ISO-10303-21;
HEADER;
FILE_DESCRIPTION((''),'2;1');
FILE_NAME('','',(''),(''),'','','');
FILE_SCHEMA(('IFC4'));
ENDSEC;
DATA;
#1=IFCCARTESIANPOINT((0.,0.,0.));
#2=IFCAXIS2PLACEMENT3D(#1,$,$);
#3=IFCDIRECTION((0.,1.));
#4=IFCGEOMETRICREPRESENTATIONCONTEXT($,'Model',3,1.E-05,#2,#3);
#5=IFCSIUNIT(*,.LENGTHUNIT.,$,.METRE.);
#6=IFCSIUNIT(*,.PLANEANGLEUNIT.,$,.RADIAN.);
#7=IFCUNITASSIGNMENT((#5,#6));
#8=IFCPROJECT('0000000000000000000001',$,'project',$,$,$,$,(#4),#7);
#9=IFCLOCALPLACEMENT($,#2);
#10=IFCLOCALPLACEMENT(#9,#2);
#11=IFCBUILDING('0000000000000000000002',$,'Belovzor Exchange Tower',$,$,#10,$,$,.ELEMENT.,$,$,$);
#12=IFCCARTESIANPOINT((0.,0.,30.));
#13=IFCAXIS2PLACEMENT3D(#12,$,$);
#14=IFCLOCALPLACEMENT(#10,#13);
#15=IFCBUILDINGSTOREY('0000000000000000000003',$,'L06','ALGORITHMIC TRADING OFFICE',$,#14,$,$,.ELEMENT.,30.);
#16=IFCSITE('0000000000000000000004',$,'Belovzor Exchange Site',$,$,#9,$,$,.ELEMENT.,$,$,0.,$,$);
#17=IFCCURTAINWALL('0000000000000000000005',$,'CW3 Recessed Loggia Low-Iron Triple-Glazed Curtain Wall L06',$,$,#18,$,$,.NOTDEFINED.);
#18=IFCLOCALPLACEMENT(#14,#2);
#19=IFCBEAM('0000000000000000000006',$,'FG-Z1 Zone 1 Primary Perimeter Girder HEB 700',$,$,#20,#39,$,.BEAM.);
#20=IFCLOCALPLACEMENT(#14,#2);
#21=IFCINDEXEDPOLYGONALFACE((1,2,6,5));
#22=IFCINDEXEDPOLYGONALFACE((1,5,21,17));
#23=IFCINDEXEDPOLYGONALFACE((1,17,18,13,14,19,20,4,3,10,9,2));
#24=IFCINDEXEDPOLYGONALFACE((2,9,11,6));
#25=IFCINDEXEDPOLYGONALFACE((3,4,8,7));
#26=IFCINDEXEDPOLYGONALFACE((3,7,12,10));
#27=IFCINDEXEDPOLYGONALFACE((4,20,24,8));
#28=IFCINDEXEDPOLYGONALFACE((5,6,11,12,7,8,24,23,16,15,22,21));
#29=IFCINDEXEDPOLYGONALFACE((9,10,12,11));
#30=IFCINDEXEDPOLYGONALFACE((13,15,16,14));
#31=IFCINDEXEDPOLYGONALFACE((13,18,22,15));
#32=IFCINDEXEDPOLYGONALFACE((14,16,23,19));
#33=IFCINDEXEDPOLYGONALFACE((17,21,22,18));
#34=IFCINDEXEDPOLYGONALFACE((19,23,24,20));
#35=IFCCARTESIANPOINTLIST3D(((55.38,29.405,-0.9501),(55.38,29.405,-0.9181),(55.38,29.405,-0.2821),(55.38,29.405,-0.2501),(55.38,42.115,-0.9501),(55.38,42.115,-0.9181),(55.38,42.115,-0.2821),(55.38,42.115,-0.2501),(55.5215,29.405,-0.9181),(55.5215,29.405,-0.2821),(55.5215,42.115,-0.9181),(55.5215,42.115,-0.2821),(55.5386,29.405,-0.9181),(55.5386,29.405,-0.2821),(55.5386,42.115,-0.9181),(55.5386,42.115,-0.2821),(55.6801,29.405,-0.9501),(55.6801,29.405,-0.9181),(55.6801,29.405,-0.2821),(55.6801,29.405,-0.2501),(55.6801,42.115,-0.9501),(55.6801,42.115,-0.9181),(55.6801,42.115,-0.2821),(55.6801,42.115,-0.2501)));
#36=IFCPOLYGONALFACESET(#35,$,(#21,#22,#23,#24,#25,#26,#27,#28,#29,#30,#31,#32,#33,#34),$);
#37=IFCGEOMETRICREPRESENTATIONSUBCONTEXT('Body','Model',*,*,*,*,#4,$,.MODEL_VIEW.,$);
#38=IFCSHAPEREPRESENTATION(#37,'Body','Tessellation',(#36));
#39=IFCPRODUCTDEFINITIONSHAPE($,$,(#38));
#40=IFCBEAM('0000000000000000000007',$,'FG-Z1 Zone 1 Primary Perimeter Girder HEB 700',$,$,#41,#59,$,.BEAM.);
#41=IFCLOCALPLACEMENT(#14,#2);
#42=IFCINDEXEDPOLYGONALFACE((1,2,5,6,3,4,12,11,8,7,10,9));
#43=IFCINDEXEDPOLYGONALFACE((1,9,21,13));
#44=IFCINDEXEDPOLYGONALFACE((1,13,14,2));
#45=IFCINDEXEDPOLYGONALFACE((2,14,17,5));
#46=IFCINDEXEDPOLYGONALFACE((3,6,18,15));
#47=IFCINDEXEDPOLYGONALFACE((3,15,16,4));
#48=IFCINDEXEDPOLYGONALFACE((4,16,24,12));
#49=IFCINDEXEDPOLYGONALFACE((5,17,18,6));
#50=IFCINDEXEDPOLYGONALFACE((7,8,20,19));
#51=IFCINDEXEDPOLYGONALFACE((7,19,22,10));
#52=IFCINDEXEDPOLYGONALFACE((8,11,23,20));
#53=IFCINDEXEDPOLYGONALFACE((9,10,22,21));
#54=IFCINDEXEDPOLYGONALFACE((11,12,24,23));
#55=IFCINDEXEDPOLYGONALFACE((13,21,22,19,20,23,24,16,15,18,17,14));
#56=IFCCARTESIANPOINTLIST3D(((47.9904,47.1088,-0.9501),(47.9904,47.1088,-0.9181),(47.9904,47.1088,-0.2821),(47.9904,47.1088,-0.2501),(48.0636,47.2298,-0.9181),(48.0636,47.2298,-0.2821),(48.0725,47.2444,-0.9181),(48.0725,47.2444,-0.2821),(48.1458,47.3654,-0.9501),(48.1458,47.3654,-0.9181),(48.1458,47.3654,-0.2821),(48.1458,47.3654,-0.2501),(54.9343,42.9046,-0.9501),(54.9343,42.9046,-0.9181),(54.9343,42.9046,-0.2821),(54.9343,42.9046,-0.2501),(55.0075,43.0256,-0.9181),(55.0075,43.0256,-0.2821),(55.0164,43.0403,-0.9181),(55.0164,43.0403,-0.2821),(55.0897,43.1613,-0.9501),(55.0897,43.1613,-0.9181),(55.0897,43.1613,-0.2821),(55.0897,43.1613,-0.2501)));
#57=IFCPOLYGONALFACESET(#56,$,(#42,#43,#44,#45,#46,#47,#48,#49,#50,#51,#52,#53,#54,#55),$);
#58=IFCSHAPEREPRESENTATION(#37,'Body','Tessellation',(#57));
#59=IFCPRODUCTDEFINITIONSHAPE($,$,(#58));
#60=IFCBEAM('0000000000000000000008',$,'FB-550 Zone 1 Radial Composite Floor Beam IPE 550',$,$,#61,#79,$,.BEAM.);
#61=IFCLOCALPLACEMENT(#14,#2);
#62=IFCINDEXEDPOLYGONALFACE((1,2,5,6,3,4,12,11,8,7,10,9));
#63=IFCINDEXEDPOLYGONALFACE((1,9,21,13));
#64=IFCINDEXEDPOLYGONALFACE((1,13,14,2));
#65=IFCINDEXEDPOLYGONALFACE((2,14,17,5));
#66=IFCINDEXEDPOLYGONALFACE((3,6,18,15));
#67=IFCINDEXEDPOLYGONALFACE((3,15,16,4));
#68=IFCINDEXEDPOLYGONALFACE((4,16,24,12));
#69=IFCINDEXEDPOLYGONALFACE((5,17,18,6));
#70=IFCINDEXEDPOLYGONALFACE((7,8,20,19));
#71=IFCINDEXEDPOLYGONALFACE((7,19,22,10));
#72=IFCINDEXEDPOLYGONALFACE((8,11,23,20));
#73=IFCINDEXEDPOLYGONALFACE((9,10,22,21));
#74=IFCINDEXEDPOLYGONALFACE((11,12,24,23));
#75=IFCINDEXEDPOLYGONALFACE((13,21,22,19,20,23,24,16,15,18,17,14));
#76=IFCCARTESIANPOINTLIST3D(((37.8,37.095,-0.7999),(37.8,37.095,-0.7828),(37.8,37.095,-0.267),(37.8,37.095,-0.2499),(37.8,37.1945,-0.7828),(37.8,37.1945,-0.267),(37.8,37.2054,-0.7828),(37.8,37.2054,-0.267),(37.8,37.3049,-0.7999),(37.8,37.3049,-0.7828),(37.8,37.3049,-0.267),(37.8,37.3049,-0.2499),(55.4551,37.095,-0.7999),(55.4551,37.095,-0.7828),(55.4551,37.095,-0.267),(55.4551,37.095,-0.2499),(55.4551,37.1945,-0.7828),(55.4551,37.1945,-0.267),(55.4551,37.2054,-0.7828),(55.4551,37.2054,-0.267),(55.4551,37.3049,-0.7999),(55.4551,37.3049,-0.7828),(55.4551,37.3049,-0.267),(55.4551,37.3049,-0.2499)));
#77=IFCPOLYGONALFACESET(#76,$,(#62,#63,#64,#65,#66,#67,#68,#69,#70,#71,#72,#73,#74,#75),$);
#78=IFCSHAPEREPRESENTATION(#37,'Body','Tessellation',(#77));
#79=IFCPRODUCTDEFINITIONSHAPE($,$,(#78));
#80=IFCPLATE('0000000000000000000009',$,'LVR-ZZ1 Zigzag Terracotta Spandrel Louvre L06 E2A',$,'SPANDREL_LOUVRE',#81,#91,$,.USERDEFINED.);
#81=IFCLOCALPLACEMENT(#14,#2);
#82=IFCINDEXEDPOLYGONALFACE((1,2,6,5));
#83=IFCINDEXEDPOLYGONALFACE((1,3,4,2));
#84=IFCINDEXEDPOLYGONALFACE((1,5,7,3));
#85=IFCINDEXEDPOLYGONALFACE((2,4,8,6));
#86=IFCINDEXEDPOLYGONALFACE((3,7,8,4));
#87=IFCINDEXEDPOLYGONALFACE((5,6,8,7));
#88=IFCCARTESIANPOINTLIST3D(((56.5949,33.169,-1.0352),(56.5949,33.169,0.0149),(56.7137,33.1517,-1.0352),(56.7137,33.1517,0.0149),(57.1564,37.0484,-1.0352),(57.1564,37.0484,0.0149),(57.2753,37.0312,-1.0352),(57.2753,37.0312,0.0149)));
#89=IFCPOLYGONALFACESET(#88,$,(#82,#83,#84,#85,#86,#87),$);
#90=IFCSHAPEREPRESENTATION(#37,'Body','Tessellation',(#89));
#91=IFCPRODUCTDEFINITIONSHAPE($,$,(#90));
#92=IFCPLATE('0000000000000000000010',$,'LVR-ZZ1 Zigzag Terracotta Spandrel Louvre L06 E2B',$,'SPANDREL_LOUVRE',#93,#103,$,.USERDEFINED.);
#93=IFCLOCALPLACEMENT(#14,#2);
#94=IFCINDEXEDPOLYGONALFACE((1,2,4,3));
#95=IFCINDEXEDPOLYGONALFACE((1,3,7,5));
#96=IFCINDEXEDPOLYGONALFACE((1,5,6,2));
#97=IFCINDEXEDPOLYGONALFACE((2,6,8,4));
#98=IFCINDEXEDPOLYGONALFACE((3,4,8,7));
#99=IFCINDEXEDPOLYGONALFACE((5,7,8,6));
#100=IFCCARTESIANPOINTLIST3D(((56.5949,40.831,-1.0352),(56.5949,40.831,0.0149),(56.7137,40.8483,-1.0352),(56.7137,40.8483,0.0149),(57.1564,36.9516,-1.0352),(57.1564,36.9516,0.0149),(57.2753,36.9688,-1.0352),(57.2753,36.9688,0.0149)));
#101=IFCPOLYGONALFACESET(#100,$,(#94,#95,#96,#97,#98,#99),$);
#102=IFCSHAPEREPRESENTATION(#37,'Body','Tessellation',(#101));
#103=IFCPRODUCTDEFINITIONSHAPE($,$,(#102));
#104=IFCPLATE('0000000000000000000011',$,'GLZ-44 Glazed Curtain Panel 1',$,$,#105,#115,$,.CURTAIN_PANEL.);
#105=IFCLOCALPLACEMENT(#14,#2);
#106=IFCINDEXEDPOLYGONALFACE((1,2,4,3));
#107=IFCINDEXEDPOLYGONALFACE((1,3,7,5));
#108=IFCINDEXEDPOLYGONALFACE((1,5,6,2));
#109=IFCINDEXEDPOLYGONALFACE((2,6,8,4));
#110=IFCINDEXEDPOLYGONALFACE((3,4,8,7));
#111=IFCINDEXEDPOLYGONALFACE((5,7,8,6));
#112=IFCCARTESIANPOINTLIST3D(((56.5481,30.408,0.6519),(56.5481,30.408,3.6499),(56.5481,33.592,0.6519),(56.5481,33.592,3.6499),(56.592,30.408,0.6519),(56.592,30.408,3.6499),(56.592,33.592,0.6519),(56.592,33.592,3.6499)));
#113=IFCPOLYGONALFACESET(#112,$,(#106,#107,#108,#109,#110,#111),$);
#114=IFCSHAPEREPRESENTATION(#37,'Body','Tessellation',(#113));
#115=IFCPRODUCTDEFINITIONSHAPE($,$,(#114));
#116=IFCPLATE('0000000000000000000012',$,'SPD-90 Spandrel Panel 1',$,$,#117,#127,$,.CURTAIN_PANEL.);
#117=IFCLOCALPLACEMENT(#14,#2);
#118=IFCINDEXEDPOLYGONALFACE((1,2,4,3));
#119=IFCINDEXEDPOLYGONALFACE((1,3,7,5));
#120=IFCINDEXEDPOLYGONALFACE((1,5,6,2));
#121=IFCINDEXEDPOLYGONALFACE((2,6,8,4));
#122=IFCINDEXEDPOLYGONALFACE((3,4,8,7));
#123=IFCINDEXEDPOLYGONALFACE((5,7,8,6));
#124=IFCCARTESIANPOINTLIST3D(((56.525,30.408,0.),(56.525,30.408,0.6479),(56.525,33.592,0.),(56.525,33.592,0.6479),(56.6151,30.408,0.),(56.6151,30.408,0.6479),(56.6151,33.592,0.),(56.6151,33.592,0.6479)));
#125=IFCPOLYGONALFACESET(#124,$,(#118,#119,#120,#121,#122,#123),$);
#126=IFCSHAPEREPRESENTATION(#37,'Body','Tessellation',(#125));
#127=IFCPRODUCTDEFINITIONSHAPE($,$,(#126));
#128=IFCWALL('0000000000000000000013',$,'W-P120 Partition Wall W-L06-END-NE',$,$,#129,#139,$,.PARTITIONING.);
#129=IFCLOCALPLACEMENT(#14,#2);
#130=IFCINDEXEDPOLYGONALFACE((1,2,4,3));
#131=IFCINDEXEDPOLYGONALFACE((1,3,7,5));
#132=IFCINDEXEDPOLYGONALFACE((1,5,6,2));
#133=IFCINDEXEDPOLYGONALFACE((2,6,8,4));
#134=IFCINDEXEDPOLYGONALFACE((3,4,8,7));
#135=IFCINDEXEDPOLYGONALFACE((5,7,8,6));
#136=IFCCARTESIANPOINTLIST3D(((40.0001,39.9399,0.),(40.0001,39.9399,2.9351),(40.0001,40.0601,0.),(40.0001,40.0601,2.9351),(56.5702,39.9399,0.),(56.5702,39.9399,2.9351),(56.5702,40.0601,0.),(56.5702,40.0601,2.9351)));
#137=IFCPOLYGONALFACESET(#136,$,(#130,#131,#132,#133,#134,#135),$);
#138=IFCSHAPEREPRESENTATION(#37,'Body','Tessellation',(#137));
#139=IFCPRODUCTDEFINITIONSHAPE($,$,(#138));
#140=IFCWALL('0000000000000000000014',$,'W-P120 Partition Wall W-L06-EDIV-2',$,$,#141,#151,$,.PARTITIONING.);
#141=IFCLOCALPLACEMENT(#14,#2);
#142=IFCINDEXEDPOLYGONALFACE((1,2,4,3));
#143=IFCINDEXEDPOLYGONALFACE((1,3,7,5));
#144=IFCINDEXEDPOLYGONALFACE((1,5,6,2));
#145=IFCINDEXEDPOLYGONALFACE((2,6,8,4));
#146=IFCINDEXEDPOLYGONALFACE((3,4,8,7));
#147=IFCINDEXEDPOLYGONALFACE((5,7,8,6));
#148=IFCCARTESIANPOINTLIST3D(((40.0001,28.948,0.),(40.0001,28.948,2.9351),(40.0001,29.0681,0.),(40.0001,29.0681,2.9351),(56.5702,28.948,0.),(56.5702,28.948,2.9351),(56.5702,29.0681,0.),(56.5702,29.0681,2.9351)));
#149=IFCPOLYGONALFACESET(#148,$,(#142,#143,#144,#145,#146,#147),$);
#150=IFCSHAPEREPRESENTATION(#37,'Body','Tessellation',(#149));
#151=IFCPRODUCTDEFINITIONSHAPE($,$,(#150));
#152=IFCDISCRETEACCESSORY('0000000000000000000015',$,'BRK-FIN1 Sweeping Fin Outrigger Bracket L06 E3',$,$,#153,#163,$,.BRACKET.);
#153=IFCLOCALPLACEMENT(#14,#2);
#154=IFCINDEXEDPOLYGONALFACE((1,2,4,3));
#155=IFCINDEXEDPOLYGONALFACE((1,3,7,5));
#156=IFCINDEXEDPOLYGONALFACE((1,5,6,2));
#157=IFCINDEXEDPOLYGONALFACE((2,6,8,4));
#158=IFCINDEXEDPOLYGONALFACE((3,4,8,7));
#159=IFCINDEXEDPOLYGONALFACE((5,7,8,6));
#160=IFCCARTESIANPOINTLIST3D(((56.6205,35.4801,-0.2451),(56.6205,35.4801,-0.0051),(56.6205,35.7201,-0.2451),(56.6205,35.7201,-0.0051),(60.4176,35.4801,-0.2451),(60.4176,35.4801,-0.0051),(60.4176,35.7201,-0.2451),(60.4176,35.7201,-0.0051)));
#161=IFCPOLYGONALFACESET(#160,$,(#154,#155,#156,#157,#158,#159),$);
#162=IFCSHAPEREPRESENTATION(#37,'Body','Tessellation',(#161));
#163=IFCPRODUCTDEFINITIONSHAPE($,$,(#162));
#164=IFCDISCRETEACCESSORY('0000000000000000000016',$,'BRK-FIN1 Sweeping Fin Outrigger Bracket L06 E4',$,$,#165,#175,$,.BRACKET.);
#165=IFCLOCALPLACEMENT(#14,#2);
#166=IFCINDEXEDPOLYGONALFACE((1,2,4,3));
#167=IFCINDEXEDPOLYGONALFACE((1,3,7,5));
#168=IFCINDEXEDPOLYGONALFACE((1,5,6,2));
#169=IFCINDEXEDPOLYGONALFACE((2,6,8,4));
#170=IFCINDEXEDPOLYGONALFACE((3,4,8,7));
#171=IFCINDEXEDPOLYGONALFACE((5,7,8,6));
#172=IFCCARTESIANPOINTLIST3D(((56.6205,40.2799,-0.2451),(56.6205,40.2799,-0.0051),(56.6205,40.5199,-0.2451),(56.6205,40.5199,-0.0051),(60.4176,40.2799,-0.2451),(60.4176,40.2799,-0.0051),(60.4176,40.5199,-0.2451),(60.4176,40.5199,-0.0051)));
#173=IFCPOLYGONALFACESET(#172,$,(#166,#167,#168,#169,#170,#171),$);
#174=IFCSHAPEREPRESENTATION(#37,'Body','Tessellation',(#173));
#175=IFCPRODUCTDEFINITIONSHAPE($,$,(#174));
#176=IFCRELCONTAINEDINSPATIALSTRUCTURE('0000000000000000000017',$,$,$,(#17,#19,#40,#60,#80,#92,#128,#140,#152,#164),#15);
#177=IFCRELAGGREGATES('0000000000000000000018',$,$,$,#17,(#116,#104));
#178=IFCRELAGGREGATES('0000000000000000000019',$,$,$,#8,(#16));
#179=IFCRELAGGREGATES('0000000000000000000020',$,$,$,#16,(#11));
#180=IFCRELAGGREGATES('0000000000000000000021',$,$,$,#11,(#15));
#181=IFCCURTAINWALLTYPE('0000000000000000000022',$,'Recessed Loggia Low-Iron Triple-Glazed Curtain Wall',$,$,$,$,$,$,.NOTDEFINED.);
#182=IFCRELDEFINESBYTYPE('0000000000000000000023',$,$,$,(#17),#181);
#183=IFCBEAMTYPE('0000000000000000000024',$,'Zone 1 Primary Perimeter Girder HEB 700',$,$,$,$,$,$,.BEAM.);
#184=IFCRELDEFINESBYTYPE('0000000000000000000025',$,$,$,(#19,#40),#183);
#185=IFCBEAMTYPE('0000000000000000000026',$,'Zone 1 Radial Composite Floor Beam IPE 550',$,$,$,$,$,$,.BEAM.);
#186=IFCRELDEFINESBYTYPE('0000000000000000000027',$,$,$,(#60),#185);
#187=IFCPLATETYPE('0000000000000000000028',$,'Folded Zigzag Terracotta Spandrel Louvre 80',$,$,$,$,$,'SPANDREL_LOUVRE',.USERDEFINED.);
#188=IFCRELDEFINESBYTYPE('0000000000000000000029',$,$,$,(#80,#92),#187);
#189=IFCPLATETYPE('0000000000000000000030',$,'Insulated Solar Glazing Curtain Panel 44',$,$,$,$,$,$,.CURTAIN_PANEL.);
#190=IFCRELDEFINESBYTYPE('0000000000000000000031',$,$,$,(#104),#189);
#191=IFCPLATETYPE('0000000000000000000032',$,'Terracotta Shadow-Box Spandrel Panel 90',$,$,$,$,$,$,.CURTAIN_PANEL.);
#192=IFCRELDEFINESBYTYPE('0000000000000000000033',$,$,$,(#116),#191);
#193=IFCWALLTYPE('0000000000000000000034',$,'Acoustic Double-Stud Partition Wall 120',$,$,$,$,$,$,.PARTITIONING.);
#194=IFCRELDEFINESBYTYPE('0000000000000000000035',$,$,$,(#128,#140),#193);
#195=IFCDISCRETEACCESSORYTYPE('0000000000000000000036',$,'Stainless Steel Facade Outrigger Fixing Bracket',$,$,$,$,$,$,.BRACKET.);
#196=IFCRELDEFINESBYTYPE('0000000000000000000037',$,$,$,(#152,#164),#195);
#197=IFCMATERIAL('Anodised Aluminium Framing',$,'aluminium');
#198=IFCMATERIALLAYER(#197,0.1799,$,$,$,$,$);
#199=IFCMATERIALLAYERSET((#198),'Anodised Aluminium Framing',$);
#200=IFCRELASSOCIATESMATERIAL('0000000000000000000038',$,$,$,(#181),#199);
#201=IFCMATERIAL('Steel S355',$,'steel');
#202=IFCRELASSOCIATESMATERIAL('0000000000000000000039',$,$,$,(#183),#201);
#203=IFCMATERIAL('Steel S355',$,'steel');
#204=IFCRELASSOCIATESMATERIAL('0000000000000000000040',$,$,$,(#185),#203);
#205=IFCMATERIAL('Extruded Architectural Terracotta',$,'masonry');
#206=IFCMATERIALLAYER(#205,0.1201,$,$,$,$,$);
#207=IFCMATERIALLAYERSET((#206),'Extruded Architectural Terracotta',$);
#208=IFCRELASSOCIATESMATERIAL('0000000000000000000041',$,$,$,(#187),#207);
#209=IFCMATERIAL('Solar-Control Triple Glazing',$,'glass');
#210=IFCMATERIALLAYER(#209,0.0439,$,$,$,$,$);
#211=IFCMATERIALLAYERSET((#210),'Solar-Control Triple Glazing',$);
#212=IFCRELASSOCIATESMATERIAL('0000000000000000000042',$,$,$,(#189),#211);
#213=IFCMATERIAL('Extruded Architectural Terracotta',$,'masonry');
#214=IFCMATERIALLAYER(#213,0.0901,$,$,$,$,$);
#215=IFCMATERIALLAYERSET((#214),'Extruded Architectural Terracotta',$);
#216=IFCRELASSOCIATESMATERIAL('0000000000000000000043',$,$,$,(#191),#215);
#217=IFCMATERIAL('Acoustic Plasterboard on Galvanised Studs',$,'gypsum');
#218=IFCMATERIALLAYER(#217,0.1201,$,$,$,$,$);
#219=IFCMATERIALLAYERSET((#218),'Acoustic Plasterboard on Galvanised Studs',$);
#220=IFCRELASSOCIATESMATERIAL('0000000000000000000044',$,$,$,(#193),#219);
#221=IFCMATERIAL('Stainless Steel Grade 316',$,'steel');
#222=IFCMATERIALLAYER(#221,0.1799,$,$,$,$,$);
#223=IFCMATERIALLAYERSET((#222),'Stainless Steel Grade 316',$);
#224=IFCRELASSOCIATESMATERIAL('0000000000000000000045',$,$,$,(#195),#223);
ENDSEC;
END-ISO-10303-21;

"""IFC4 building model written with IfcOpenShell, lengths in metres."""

from ifc_helpers import new_model, si_unit, direction, frame, frame_2d, origin, origin_2d, place, context, subcontext, project, spatial, rectangle, i_section, extrude, material, layer, layer_set, material_profile, profile_set, type_object, element, aggregate, save


model = new_model("IFC4")

# Units and contexts
model_context = context("Model", 3, precision=1e-05, world=origin(), true_north=direction((0.0, 1.0)))
body_context = subcontext(model_context, "Body", "Model", "MODEL_VIEW")
ifc_project = project(units=[si_unit("LENGTHUNIT", "METRE"), si_unit("PLANEANGLEUNIT", "RADIAN")], contexts=[model_context])

# Site, building, storey
site_placement = place(None, origin())
site = spatial("IfcSite", under=ifc_project, at=site_placement, Name="Belovzor Exchange Site", CompositionType="ELEMENT", RefElevation=0.0)
building_placement = place(site_placement, origin())
building = spatial("IfcBuilding", under=site, at=building_placement, Name="Belovzor Exchange Tower", CompositionType="ELEMENT")
storey_placement = place(building_placement, frame((0.0, 0.0, 30.0)))
storey = spatial("IfcBuildingStorey", under=building, at=storey_placement, Name="L06", Description="ALGORITHMIC TRADING OFFICE", CompositionType="ELEMENT", Elevation=30.0)

# Curtain wall
ifc_material_1 = material(Name="Anodised Aluminium Framing", Category="aluminium")
ifc_layer_1 = layer(ifc_material_1, 0.1799)
ifc_layer_set_1 = layer_set([ifc_layer_1], Name="Anodised Aluminium Framing")
curtain_wall_type = type_object("IfcCurtainWallType", Name="Recessed Loggia Low-Iron Triple-Glazed Curtain Wall", PredefinedType="NOTDEFINED", material=ifc_layer_set_1)
curtain_wall_placement = place(storey_placement, origin())
curtain_wall = element("IfcCurtainWall", 1, at=curtain_wall_placement, inside=storey, type_object=curtain_wall_type, Name="CW3 Recessed Loggia Low-Iron Triple-Glazed Curtain Wall L06", PredefinedType="NOTDEFINED")

# Beams
ifc_material_2 = material(Name="Steel S355", Category="steel")
ifc_material_profile_1 = material_profile(ifc_material_2, i_section(OverallWidth=0.3, OverallDepth=0.7, WebThickness=0.0171, FlangeThickness=0.032, at=origin_2d()))
ifc_profile_set_1 = profile_set([ifc_material_profile_1], Name="Steel S355")
beam_type_1 = type_object("IfcBeamType", Name="Zone 1 Primary Perimeter Girder HEB 700", PredefinedType="BEAM", material=ifc_profile_set_1)
beam_1_placement = place(storey_placement, frame((55.53, 29.405, -0.6001), z_axis=(0.0, 1.0, 0.0), x_axis=(-1.0, 0.0, 0.0)))
element("IfcBeam", 2, at=beam_1_placement, inside=storey, type_object=beam_type_1, Name="FG-Z1 Zone 1 Primary Perimeter Girder HEB 700", PredefinedType="BEAM", context=body_context, shape_type="SweptSolid", body=[
    extrude(i_section(OverallWidth=0.3, OverallDepth=0.7, WebThickness=0.0171, FlangeThickness=0.032, at=origin_2d()), origin(), (0.0, 0.0, 1.0), 12.71),
])
beam_2_placement = place(storey_placement, frame((55.012, 43.033, -0.6001), z_axis=(-0.855432, 0.517915, 0.0), x_axis=(-0.517915, -0.855432, 0.0)))
element("IfcBeam", 3, at=beam_2_placement, inside=storey, type_object=beam_type_1, Name="FG-Z1 Zone 1 Primary Perimeter Girder HEB 700", PredefinedType="BEAM", context=body_context, shape_type="SweptSolid", body=[
    extrude(i_section(OverallWidth=0.3, OverallDepth=0.7, WebThickness=0.0171, FlangeThickness=0.032, at=origin_2d()), origin(), (0.0, 0.0, 1.0), 8.1174),
])
ifc_material_3 = material(Name="Steel S355", Category="steel")
ifc_material_profile_2 = material_profile(ifc_material_3, i_section(OverallWidth=0.21, OverallDepth=0.55, WebThickness=0.011, FlangeThickness=0.0171, at=origin_2d()))
ifc_profile_set_2 = profile_set([ifc_material_profile_2], Name="Steel S355")
beam_type_2 = type_object("IfcBeamType", Name="Zone 1 Radial Composite Floor Beam IPE 550", PredefinedType="BEAM", material=ifc_profile_set_2)
beam_3_placement = place(storey_placement, frame((37.8, 37.2, -0.5249), z_axis=(1.0, 0.0, 0.0), x_axis=(0.0, 1.0, 0.0)))
element("IfcBeam", 4, at=beam_3_placement, inside=storey, type_object=beam_type_2, Name="FB-550 Zone 1 Radial Composite Floor Beam IPE 550", PredefinedType="BEAM", context=body_context, shape_type="SweptSolid", body=[
    extrude(i_section(OverallWidth=0.21, OverallDepth=0.55, WebThickness=0.011, FlangeThickness=0.0171, at=origin_2d()), origin(), (0.0, 0.0, 1.0), 17.655),
])

# Plates
ifc_material_4 = material(Name="Extruded Architectural Terracotta", Category="masonry")
ifc_layer_2 = layer(ifc_material_4, 0.1201)
ifc_layer_set_2 = layer_set([ifc_layer_2], Name="Extruded Architectural Terracotta")
plate_type_1 = type_object("IfcPlateType", Name="Folded Zigzag Terracotta Spandrel Louvre 80", ElementType="SPANDREL_LOUVRE", PredefinedType="USERDEFINED", material=ifc_layer_set_2)
for number, where, z_axis, x_axis, name in (
    (5, (56.9351, 35.1001, -1.0352), (0.0, 0.0, 1.0), (0.143251, 0.989686, 0.0), "LVR-ZZ1 Zigzag Terracotta Spandrel Louvre L06 E2A"),
    (6, (56.9351, 38.8999, -1.0352), (0.0, 0.0, 1.0), (-0.143251, 0.989686, 0.0), "LVR-ZZ1 Zigzag Terracotta Spandrel Louvre L06 E2B"),
):
    element("IfcPlate", number, at=place(storey_placement, frame(where, z_axis=z_axis, x_axis=x_axis)), inside=storey, type_object=plate_type_1, Name=name, ObjectType="SPANDREL_LOUVRE", PredefinedType="USERDEFINED", context=body_context, shape_type="SweptSolid", body=[
        extrude(rectangle(XDim=3.9199, YDim=0.1201, at=origin_2d()), origin(), (0.0, 0.0, 1.0), 1.05),
    ])

# Plates
ifc_material_5 = material(Name="Solar-Control Triple Glazing", Category="glass")
ifc_layer_3 = layer(ifc_material_5, 0.0439)
ifc_layer_set_3 = layer_set([ifc_layer_3], Name="Solar-Control Triple Glazing")
plate_type_2 = type_object("IfcPlateType", Name="Insulated Solar Glazing Curtain Panel 44", PredefinedType="CURTAIN_PANEL", material=ifc_layer_set_3)
plate_1_placement = place(storey_placement, frame((56.5701, 32.0, 0.6519), z_axis=(0.0, 0.0, 1.0), x_axis=(0.0, -1.0, 0.0)))
plate_1 = element("IfcPlate", 7, at=plate_1_placement, type_object=plate_type_2, Name="GLZ-44 Glazed Curtain Panel 1", PredefinedType="CURTAIN_PANEL", context=body_context, shape_type="SweptSolid", body=[
    extrude(rectangle(XDim=3.1841, YDim=0.0439, at=origin_2d()), origin(), (0.0, 0.0, 1.0), 2.998),
])
ifc_material_6 = material(Name="Extruded Architectural Terracotta", Category="masonry")
ifc_layer_4 = layer(ifc_material_6, 0.0901)
ifc_layer_set_4 = layer_set([ifc_layer_4], Name="Extruded Architectural Terracotta")
plate_type_3 = type_object("IfcPlateType", Name="Terracotta Shadow-Box Spandrel Panel 90", PredefinedType="CURTAIN_PANEL", material=ifc_layer_set_4)
plate_2_placement = place(storey_placement, frame((56.5701, 32.0, 0.0), z_axis=(0.0, 0.0, 1.0), x_axis=(0.0, -1.0, 0.0)))
plate_2 = element("IfcPlate", 8, at=plate_2_placement, type_object=plate_type_3, Name="SPD-90 Spandrel Panel 1", PredefinedType="CURTAIN_PANEL", context=body_context, shape_type="SweptSolid", body=[
    extrude(rectangle(XDim=3.1841, YDim=0.0901, at=origin_2d()), origin(), (0.0, 0.0, 1.0), 0.6479),
])
aggregate(curtain_wall, [plate_2, plate_1])

# Walls
ifc_material_7 = material(Name="Acoustic Plasterboard on Galvanised Studs", Category="gypsum")
ifc_layer_5 = layer(ifc_material_7, 0.1201)
ifc_layer_set_5 = layer_set([ifc_layer_5], Name="Acoustic Plasterboard on Galvanised Studs")
wall_type = type_object("IfcWallType", Name="Acoustic Double-Stud Partition Wall 120", PredefinedType="PARTITIONING", material=ifc_layer_set_5)
for number, where, z_axis, x_axis, name in (
    (9, (40.0, 40.0, 0.0), (0.0, 0.0, 1.0), (1.0, 0.0, 0.0), "W-P120 Partition Wall W-L06-END-NE"),
    (10, (40.0, 29.0081, 0.0), (0.0, 0.0, 1.0), (1.0, 0.0, 0.0), "W-P120 Partition Wall W-L06-EDIV-2"),
):
    element("IfcWall", number, at=place(storey_placement, frame(where, z_axis=z_axis, x_axis=x_axis)), inside=storey, type_object=wall_type, Name=name, PredefinedType="PARTITIONING", context=body_context, shape_type="SweptSolid", body=[
        extrude(rectangle(XDim=16.5701, YDim=0.1201, at=frame_2d((8.2852, 0.0))), origin(), (0.0, 0.0, 1.0), 2.9351),
    ])

# Discrete accessories
ifc_material_8 = material(Name="Stainless Steel Grade 316", Category="steel")
ifc_layer_6 = layer(ifc_material_8, 0.1799)
ifc_layer_set_6 = layer_set([ifc_layer_6], Name="Stainless Steel Grade 316")
discrete_accessory_type = type_object("IfcDiscreteAccessoryType", Name="Stainless Steel Facade Outrigger Fixing Bracket", PredefinedType="BRACKET", material=ifc_layer_set_6)
for number, where, z_axis, x_axis, name in (
    (11, (58.519, 35.6001, -0.2451), (0.0, 0.0, 1.0), (1.0, 0.0, 0.0), "BRK-FIN1 Sweeping Fin Outrigger Bracket L06 E3"),
    (12, (58.519, 40.3999, -0.2451), (0.0, 0.0, 1.0), (1.0, 0.0, 0.0), "BRK-FIN1 Sweeping Fin Outrigger Bracket L06 E4"),
):
    element("IfcDiscreteAccessory", number, at=place(storey_placement, frame(where, z_axis=z_axis, x_axis=x_axis)), inside=storey, type_object=discrete_accessory_type, Name=name, PredefinedType="BRACKET", context=body_context, shape_type="SweptSolid", body=[
        extrude(rectangle(XDim=3.7971, YDim=0.24, at=origin_2d()), origin(), (0.0, 0.0, 1.0), 0.24),
    ])

save(model, "model.ifc")
